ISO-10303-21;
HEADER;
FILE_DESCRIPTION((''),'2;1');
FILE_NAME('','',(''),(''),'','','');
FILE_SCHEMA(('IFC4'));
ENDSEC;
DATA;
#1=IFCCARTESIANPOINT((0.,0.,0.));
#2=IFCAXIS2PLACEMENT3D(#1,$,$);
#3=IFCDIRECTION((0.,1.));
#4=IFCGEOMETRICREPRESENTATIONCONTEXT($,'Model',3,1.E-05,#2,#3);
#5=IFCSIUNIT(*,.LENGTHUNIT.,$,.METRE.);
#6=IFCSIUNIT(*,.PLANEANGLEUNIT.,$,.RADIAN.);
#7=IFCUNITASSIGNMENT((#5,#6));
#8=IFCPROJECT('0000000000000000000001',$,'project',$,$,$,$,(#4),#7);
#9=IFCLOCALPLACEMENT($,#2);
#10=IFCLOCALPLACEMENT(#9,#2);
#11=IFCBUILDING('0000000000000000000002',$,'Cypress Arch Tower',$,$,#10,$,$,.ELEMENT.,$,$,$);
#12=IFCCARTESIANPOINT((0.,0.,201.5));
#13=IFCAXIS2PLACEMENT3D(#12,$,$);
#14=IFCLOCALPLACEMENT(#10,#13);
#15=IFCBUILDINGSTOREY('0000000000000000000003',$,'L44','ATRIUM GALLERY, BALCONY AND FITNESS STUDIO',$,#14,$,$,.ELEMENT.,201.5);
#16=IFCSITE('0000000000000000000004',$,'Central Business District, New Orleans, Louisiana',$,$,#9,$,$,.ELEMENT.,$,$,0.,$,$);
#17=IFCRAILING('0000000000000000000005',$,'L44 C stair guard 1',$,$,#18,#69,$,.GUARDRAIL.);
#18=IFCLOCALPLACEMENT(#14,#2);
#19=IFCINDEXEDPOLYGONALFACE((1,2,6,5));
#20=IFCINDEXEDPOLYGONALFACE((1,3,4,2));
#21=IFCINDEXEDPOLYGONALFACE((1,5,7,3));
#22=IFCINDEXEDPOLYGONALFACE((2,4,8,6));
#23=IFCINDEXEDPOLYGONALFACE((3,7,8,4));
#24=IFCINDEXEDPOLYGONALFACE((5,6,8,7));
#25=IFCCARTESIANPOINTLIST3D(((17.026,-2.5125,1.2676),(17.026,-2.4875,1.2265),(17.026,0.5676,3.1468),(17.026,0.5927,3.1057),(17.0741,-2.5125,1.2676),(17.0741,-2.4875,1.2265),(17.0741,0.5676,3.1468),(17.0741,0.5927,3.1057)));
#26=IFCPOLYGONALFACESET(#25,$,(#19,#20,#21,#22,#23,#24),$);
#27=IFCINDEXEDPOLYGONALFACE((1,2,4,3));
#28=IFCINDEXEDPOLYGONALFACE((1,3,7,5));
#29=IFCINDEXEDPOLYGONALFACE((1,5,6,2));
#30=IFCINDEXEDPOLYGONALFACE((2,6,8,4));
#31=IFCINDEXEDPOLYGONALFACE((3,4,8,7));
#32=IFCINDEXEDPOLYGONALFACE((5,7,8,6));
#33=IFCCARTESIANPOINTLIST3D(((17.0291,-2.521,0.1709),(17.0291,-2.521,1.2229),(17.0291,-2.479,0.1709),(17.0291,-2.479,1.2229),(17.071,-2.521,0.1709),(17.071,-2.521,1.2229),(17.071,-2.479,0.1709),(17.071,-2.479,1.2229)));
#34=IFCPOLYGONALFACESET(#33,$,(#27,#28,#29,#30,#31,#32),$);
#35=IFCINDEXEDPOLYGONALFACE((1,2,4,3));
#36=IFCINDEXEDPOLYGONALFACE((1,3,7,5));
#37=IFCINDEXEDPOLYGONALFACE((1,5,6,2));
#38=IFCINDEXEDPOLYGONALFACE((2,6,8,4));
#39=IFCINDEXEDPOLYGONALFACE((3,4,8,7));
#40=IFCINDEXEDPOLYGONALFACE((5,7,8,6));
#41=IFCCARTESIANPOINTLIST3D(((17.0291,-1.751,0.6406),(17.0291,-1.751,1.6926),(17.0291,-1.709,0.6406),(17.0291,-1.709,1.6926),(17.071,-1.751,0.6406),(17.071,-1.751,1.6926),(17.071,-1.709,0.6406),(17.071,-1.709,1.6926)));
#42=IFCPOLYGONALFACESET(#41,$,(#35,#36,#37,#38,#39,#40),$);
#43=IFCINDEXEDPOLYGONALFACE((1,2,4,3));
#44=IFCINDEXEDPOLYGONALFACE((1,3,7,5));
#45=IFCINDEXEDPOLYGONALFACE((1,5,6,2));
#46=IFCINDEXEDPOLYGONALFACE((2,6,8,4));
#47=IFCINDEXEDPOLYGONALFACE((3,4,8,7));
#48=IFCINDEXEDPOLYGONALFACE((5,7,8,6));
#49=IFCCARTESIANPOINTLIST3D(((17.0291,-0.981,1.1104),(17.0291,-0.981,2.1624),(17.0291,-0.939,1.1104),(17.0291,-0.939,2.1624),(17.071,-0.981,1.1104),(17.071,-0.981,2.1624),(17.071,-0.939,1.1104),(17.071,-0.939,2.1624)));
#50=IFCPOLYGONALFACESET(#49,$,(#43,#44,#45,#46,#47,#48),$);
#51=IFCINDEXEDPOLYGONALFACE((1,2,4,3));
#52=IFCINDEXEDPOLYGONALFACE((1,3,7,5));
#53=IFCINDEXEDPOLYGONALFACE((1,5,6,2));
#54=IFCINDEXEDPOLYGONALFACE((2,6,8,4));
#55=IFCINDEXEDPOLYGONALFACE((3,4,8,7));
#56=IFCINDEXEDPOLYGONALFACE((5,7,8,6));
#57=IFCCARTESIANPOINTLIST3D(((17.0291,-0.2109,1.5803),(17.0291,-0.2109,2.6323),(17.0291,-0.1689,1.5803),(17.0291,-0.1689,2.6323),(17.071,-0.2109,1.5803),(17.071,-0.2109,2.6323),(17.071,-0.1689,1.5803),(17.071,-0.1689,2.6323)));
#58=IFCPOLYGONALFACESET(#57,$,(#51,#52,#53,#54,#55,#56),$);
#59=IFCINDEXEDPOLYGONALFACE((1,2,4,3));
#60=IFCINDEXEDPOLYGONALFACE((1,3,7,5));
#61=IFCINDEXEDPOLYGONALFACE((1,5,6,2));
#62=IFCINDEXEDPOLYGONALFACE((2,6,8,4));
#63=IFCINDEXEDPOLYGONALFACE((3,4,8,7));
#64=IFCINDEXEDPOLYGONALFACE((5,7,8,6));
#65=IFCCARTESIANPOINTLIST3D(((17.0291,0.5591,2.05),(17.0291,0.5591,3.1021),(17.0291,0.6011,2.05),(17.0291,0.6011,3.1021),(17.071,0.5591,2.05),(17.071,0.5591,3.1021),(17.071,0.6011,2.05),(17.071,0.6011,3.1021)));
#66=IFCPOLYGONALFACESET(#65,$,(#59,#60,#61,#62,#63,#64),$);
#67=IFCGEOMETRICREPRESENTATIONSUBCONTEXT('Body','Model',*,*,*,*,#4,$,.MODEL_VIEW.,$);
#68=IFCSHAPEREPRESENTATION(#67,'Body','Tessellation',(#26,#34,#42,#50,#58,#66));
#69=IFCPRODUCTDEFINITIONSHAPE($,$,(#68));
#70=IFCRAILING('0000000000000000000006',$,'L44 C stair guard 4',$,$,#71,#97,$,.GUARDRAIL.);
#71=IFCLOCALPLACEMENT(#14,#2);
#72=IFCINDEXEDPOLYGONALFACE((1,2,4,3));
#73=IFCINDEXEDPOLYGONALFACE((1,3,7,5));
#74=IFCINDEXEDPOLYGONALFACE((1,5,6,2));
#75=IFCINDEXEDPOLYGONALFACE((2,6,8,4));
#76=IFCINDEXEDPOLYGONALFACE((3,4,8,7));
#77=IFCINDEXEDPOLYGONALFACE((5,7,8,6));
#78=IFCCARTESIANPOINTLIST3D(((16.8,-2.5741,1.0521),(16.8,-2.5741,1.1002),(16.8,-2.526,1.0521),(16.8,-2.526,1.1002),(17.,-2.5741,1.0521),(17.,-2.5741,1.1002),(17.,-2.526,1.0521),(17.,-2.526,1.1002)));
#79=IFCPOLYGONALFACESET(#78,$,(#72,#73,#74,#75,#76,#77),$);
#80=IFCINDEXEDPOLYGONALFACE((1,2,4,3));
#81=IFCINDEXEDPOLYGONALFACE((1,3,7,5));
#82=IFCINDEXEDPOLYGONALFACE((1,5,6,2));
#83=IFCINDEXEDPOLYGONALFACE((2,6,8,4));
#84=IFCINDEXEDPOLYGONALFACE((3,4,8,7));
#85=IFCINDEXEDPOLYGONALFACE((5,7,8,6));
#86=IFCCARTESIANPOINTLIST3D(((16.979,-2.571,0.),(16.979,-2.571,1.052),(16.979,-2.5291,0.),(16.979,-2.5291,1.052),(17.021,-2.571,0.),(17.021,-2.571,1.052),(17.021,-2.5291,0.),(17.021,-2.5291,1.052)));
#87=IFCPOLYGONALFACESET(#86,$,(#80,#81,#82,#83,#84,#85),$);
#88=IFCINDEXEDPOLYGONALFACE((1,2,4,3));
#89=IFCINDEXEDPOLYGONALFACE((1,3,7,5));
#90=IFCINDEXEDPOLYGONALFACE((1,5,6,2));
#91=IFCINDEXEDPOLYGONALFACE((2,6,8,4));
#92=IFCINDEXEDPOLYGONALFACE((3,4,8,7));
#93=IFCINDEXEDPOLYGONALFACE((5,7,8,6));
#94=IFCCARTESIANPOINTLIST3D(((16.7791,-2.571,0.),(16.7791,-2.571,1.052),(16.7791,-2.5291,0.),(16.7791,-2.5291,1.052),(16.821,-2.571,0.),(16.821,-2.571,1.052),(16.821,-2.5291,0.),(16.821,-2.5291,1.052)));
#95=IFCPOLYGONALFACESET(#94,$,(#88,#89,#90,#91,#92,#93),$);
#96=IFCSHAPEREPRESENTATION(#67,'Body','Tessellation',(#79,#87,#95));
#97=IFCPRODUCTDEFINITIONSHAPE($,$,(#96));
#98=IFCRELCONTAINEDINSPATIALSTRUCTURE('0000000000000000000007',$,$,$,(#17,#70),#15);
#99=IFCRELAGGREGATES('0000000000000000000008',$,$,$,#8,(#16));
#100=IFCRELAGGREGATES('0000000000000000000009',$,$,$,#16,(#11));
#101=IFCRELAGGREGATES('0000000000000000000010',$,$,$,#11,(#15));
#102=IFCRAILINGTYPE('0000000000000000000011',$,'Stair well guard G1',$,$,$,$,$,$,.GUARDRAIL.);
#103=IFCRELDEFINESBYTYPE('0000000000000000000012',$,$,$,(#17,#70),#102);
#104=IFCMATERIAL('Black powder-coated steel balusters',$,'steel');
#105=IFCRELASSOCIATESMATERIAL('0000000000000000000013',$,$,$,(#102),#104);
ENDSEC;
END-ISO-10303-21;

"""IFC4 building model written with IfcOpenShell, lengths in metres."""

from ifc_helpers import new_model, si_unit, direction, frame, origin, origin_2d, place, context, subcontext, project, spatial, rectangle, extrude, material, type_object, element, save


model = new_model("IFC4")

# Units and contexts
model_context = context("Model", 3, precision=1e-05, world=origin(), true_north=direction((0.0, 1.0)))
body_context = subcontext(model_context, "Body", "Model", "MODEL_VIEW")
ifc_project = project(units=[si_unit("LENGTHUNIT", "METRE"), si_unit("PLANEANGLEUNIT", "RADIAN")], contexts=[model_context])

# Site, building, storey
site_placement = place(None, origin())
site = spatial("IfcSite", under=ifc_project, at=site_placement, Name="Central Business District, New Orleans, Louisiana", CompositionType="ELEMENT", RefElevation=0.0)
building_placement = place(site_placement, origin())
building = spatial("IfcBuilding", under=site, at=building_placement, Name="Cypress Arch Tower", CompositionType="ELEMENT")
storey_placement = place(building_placement, frame((0.0, 0.0, 201.5)))
storey = spatial("IfcBuildingStorey", under=building, at=storey_placement, Name="L44", Description="ATRIUM GALLERY, BALCONY AND FITNESS STUDIO", CompositionType="ELEMENT", Elevation=201.5)

# Railings
ifc_material_1 = material(Name="Black powder-coated steel balusters", Category="steel")
railing_type_1 = type_object("IfcRailingType", Name="Stair well guard G1", PredefinedType="GUARDRAIL", material=ifc_material_1)
railing_1_placement = place(storey_placement, frame((17.05, -2.5, 0.1709)))
element("IfcRailing", 1, at=railing_1_placement, inside=storey, type_object=railing_type_1, Name="L44 C stair guard 1", PredefinedType="GUARDRAIL", context=body_context, shape_type="SweptSolid", body=[
    extrude(rectangle(XDim=0.0481, YDim=0.0481, at=origin_2d()), frame((0.0, 0.0, 1.0762), z_axis=(0.0, 0.853666, 0.52082), x_axis=(-1.0, 0.0, 0.0)), (0.0, 0.0, 1.0), 3.6082),
    extrude(rectangle(XDim=0.042, YDim=0.042, at=origin_2d()), origin(), (0.0, 0.0, 1.0), 1.052),
    extrude(rectangle(XDim=0.042, YDim=0.042, at=origin_2d()), frame((0.0, 0.77, 0.4697)), (0.0, 0.0, 1.0), 1.052),
    extrude(rectangle(XDim=0.042, YDim=0.042, at=origin_2d()), frame((0.0, 1.54, 0.9395)), (0.0, 0.0, 1.0), 1.052),
    extrude(rectangle(XDim=0.042, YDim=0.042, at=origin_2d()), frame((0.0, 2.3101, 1.4094)), (0.0, 0.0, 1.0), 1.052),
    extrude(rectangle(XDim=0.042, YDim=0.042, at=origin_2d()), frame((0.0, 3.0801, 1.8792)), (0.0, 0.0, 1.0), 1.052),
])
railing_2_placement = place(storey_placement, frame((17.0, -2.55, 0.0)))
element("IfcRailing", 2, at=railing_2_placement, inside=storey, type_object=railing_type_1, Name="L44 C stair guard 4", PredefinedType="GUARDRAIL", context=body_context, shape_type="SweptSolid", body=[
    extrude(rectangle(XDim=0.0481, YDim=0.0481, at=origin_2d()), frame((0.0, 0.0, 1.0762), z_axis=(-1.0, 0.0, 0.0), x_axis=(0.0, -1.0, 0.0)), (0.0, 0.0, 1.0), 0.2),
    extrude(rectangle(XDim=0.042, YDim=0.042, at=origin_2d()), origin(), (0.0, 0.0, 1.0), 1.052),
    extrude(rectangle(XDim=0.042, YDim=0.042, at=origin_2d()), frame((-0.2, 0.0, 0.0)), (0.0, 0.0, 1.0), 1.052),
])

save(model, "model.ifc")
